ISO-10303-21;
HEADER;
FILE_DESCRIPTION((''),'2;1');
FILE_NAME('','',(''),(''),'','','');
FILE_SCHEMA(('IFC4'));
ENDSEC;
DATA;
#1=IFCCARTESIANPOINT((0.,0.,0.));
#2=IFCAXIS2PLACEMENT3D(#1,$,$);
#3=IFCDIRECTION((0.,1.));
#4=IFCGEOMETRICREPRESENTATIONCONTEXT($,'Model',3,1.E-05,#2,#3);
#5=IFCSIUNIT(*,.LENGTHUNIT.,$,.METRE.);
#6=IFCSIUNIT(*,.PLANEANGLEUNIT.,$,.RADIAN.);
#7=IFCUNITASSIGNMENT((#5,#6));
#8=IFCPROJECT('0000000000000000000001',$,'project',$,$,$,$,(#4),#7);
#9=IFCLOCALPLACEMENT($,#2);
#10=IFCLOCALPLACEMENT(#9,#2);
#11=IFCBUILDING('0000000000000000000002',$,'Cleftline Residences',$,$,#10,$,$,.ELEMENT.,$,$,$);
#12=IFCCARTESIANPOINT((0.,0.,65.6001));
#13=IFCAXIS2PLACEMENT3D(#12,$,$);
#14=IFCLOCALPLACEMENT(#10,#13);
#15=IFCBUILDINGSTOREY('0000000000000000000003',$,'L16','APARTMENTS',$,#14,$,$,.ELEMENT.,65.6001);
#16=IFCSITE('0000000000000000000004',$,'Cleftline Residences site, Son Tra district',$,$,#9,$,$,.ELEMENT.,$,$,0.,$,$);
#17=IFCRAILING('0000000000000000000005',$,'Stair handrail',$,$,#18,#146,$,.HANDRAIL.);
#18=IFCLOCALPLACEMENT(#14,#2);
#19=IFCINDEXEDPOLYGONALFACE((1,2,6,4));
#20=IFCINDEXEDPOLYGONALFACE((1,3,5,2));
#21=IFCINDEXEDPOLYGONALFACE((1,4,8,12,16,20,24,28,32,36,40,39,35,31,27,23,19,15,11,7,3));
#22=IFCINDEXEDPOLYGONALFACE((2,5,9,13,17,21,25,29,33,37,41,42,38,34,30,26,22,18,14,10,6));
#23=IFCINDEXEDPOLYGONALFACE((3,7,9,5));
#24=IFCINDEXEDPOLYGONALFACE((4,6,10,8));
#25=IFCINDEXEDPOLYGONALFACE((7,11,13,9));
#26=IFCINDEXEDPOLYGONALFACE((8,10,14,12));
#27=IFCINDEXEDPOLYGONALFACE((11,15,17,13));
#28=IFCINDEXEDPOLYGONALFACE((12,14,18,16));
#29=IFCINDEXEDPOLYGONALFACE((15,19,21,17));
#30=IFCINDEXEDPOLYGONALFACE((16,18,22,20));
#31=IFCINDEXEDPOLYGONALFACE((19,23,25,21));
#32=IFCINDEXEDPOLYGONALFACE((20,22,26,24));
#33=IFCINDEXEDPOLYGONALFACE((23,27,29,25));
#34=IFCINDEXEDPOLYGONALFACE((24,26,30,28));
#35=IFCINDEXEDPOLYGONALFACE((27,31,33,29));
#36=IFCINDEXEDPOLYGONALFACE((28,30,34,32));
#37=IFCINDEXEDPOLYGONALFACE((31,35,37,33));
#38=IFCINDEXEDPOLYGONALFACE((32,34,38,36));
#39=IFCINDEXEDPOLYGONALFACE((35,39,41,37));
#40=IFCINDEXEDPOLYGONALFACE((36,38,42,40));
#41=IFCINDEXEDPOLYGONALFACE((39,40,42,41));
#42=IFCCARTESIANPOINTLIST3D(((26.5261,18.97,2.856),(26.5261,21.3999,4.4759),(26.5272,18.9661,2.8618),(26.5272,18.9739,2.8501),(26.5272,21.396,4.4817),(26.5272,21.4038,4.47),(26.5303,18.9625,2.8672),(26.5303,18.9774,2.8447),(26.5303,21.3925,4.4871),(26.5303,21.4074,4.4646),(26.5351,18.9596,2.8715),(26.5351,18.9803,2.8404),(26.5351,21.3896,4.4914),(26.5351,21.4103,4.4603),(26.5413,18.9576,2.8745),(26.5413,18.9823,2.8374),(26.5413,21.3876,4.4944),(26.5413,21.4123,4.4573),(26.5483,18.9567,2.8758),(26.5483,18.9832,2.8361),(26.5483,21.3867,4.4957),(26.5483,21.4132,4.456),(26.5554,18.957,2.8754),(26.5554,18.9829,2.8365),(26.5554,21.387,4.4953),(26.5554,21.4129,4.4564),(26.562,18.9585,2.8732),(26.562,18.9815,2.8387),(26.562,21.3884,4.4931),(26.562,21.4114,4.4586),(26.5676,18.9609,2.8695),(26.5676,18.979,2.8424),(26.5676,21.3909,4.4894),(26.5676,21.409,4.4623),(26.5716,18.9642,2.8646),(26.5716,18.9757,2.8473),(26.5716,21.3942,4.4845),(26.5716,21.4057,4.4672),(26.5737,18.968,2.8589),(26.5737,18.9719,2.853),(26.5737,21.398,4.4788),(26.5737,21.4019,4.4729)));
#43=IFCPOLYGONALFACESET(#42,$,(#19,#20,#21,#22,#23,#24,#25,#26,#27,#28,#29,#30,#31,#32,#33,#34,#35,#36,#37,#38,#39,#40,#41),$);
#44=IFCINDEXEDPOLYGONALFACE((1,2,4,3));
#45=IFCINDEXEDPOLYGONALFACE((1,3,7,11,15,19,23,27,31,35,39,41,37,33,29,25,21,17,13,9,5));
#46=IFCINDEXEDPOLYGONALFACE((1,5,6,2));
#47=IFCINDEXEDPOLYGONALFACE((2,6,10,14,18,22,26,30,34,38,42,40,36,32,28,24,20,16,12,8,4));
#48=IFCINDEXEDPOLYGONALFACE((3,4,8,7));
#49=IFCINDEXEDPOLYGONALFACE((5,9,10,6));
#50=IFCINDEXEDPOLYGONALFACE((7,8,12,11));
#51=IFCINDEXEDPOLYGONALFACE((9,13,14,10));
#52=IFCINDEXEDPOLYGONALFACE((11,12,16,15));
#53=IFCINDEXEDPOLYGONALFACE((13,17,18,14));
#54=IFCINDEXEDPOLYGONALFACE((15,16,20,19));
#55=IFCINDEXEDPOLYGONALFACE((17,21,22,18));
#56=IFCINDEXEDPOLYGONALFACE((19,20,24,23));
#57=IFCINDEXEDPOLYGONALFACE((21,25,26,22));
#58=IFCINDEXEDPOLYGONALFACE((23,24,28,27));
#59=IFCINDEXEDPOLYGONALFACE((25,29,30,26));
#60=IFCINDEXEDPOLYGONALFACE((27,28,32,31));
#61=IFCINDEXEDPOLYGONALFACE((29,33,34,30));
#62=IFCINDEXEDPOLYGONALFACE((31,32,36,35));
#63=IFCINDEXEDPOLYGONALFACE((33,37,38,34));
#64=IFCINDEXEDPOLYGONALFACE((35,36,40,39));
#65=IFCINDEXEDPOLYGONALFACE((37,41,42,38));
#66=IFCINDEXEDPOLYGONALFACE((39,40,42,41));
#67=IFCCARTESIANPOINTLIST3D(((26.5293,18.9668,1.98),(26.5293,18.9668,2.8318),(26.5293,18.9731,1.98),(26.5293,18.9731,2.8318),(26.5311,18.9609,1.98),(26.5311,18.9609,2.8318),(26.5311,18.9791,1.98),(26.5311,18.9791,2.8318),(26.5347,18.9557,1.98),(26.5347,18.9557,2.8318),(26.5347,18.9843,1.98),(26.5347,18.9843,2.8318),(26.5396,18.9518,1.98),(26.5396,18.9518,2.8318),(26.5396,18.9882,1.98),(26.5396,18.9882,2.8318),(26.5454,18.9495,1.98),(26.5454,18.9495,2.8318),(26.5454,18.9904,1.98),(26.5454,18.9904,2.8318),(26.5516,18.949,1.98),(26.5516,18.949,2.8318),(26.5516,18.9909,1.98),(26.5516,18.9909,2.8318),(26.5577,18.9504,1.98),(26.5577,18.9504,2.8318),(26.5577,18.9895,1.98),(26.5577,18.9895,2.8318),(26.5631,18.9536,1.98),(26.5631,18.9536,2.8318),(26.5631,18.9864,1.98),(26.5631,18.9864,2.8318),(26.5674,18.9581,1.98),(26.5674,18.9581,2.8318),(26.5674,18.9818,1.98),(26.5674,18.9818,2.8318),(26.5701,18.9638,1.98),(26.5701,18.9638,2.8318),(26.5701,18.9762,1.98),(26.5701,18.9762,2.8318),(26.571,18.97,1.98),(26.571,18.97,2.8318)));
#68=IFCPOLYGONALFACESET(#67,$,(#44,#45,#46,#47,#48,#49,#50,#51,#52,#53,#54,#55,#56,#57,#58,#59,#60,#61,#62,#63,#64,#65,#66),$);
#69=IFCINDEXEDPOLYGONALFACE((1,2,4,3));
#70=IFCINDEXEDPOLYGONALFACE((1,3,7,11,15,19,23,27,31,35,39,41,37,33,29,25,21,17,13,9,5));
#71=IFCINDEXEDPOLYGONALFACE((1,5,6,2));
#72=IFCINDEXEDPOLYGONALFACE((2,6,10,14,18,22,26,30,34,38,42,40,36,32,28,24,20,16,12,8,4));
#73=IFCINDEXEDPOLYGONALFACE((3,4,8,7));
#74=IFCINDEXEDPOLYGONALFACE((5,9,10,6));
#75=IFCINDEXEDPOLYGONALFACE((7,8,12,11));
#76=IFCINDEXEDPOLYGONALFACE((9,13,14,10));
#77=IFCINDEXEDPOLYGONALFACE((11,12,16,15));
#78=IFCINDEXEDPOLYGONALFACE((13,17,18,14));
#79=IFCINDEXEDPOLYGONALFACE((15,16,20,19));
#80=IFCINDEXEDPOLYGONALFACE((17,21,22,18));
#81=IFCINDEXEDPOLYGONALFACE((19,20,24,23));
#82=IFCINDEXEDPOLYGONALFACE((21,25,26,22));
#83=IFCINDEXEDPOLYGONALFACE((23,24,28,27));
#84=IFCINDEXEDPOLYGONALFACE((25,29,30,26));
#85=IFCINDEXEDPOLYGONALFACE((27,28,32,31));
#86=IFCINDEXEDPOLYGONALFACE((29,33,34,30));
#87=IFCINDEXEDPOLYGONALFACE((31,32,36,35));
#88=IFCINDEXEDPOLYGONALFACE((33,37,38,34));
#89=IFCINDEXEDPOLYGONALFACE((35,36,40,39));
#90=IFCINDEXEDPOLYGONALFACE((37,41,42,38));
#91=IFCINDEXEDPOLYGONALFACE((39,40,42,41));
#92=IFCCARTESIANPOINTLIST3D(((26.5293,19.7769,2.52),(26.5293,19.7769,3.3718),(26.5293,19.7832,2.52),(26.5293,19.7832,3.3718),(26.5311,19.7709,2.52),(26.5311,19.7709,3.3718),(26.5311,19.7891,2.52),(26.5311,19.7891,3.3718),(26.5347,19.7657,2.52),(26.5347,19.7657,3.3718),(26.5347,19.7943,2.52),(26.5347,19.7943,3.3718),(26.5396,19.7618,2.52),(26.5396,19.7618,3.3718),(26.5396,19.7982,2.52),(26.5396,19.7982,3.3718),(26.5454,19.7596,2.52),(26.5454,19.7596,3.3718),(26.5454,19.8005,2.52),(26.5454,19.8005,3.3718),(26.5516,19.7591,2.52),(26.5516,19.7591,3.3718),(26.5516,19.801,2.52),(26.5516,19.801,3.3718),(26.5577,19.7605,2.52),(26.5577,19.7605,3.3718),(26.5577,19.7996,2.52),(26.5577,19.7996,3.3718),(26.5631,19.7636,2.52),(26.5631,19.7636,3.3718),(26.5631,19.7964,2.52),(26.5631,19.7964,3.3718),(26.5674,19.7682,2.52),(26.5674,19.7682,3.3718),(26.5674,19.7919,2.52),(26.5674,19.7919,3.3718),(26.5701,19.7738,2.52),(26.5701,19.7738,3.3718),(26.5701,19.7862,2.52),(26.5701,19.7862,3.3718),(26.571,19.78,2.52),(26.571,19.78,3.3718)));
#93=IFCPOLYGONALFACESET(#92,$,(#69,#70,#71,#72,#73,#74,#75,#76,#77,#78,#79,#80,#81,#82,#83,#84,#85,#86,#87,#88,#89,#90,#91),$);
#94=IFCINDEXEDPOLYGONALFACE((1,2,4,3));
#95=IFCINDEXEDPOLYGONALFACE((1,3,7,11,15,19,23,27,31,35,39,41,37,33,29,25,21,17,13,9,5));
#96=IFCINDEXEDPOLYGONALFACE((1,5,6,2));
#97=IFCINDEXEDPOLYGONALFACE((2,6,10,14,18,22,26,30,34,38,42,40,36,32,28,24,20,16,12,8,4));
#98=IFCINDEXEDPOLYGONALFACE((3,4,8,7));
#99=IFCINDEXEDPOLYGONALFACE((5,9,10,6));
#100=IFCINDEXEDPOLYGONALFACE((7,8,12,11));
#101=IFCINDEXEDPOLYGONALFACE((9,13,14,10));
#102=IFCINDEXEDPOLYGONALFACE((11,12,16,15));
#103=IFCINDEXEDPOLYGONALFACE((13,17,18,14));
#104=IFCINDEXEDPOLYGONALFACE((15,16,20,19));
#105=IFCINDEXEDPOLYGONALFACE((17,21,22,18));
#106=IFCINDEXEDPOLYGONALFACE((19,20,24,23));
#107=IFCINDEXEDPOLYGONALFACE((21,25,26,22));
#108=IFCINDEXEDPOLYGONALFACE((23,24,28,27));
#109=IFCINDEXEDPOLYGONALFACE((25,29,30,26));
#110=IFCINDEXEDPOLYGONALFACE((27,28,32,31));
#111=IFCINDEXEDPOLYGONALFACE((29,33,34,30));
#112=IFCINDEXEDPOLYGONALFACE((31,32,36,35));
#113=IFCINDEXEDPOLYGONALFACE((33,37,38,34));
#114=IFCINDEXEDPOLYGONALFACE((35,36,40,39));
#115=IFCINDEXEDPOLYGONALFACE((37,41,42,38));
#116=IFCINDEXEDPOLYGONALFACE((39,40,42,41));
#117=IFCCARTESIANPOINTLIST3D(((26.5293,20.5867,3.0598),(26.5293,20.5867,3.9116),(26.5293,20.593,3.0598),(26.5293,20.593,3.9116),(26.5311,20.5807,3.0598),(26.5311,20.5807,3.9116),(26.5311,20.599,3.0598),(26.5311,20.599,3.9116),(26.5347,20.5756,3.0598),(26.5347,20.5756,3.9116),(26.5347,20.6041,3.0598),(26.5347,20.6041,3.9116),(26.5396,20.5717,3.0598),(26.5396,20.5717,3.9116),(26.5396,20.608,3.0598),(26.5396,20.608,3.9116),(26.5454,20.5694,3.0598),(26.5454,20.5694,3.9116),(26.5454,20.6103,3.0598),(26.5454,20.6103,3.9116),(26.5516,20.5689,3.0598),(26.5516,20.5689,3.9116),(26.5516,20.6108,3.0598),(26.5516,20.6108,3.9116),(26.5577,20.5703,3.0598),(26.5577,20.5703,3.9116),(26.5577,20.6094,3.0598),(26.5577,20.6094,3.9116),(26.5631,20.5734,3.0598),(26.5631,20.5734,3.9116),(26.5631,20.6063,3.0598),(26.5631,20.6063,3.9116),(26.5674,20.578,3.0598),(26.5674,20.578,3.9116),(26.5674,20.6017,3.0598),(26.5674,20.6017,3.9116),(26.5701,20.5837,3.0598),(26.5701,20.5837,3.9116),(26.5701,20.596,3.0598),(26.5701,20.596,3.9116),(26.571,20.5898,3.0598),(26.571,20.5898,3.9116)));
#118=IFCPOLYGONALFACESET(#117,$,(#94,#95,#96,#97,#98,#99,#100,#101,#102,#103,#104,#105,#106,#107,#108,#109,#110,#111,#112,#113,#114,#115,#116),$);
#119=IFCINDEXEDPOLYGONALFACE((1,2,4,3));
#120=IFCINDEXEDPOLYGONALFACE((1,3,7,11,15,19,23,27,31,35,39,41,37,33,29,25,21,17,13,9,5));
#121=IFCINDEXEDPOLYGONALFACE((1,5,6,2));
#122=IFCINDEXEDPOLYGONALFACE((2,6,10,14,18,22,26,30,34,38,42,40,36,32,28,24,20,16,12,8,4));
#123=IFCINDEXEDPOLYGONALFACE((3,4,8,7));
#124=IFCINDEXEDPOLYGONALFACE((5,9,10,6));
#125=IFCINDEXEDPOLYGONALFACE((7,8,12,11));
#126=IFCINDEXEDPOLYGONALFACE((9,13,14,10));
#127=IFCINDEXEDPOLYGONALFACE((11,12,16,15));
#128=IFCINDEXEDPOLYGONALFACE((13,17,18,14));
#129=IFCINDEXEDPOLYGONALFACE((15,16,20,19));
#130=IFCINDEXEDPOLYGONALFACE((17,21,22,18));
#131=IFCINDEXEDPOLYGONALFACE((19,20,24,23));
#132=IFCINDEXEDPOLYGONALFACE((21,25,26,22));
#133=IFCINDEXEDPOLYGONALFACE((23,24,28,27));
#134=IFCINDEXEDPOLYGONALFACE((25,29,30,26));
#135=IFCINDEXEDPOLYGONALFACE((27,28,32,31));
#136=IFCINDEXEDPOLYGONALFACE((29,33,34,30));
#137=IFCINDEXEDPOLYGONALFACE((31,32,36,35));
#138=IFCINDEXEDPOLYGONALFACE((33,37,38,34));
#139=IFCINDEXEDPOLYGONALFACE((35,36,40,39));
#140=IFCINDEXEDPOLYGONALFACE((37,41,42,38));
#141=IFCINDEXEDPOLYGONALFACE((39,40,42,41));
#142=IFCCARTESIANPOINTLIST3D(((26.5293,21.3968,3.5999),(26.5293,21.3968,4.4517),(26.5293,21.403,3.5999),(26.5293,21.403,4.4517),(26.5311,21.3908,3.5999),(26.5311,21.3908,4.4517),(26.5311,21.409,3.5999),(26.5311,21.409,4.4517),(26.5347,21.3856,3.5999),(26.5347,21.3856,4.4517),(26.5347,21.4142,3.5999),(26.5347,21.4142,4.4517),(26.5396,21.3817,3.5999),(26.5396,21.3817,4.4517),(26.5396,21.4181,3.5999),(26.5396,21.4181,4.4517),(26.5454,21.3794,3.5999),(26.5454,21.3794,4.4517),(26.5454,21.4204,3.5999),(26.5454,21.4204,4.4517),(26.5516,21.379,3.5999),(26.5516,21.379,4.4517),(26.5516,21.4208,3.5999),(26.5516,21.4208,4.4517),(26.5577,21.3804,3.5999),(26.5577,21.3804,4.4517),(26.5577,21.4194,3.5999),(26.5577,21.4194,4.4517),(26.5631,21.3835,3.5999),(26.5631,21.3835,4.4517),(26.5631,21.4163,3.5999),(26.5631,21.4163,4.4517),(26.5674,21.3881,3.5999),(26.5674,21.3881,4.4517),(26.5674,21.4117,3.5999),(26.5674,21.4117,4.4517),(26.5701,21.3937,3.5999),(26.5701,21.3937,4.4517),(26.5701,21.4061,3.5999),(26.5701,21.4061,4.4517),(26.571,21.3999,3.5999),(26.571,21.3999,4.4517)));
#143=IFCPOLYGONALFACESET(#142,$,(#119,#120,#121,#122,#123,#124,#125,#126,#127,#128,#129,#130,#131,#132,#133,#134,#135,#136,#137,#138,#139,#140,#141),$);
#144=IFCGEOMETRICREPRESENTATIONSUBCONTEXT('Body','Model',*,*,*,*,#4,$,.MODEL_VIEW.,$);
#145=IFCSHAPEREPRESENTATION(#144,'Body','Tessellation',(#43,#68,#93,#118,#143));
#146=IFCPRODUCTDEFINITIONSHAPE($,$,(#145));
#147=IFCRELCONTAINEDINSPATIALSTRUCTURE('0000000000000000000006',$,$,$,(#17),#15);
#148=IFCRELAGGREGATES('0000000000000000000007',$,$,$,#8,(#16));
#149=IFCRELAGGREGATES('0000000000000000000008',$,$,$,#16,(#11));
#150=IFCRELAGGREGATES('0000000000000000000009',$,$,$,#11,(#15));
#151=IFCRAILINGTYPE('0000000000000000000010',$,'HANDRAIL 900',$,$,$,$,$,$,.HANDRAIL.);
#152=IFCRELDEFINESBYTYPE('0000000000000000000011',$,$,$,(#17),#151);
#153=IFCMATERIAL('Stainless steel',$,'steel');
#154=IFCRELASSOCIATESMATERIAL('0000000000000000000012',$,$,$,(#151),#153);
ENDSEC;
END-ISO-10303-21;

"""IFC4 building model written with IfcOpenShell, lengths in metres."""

from ifc_helpers import new_model, si_unit, direction, frame, origin, origin_2d, place, context, subcontext, project, spatial, circle, extrude, material, type_object, element, save


model = new_model("IFC4")

# Units and contexts
model_context = context("Model", 3, precision=1e-05, world=origin(), true_north=direction((0.0, 1.0)))
body_context = subcontext(model_context, "Body", "Model", "MODEL_VIEW")
ifc_project = project(units=[si_unit("LENGTHUNIT", "METRE"), si_unit("PLANEANGLEUNIT", "RADIAN")], contexts=[model_context])

# Site, building, storey
site_placement = place(None, origin())
site = spatial("IfcSite", under=ifc_project, at=site_placement, Name="Cleftline Residences site, Son Tra district", CompositionType="ELEMENT", RefElevation=0.0)
building_placement = place(site_placement, origin())
building = spatial("IfcBuilding", under=site, at=building_placement, Name="Cleftline Residences", CompositionType="ELEMENT")
storey_placement = place(building_placement, frame((0.0, 0.0, 65.6001)))
storey = spatial("IfcBuildingStorey", under=building, at=storey_placement, Name="L16", Description="APARTMENTS", CompositionType="ELEMENT", Elevation=65.6001)

# Railing
ifc_material_1 = material(Name="Stainless steel", Category="steel")
railing_type = type_object("IfcRailingType", Name="HANDRAIL 900", PredefinedType="HANDRAIL", material=ifc_material_1)
railing_1_placement = place(storey_placement, frame((26.55, 18.97, 1.98)))
element("IfcRailing", 1, at=railing_1_placement, inside=storey, type_object=railing_type, Name="Stair handrail", PredefinedType="HANDRAIL", context=body_context, shape_type="SweptSolid", body=[
    extrude(circle(Radius=0.0239, at=origin_2d()), frame((0.0, 0.0, 0.876), z_axis=(0.0, 0.832063, 0.554681), x_axis=(-1.0, 0.0, 0.0)), (0.0, 0.0, 1.0), 2.9204),
    extrude(circle(Radius=0.021, at=origin_2d()), origin(), (0.0, 0.0, 1.0), 0.8518),
    extrude(circle(Radius=0.021, at=origin_2d()), frame((0.0, 0.8101, 0.54)), (0.0, 0.0, 1.0), 0.8518),
    extrude(circle(Radius=0.021, at=origin_2d()), frame((0.0, 1.6199, 1.0798)), (0.0, 0.0, 1.0), 0.8518),
    extrude(circle(Radius=0.021, at=origin_2d()), frame((0.0, 2.4299, 1.6199)), (0.0, 0.0, 1.0), 0.8518),
])

save(model, "model.ifc")
